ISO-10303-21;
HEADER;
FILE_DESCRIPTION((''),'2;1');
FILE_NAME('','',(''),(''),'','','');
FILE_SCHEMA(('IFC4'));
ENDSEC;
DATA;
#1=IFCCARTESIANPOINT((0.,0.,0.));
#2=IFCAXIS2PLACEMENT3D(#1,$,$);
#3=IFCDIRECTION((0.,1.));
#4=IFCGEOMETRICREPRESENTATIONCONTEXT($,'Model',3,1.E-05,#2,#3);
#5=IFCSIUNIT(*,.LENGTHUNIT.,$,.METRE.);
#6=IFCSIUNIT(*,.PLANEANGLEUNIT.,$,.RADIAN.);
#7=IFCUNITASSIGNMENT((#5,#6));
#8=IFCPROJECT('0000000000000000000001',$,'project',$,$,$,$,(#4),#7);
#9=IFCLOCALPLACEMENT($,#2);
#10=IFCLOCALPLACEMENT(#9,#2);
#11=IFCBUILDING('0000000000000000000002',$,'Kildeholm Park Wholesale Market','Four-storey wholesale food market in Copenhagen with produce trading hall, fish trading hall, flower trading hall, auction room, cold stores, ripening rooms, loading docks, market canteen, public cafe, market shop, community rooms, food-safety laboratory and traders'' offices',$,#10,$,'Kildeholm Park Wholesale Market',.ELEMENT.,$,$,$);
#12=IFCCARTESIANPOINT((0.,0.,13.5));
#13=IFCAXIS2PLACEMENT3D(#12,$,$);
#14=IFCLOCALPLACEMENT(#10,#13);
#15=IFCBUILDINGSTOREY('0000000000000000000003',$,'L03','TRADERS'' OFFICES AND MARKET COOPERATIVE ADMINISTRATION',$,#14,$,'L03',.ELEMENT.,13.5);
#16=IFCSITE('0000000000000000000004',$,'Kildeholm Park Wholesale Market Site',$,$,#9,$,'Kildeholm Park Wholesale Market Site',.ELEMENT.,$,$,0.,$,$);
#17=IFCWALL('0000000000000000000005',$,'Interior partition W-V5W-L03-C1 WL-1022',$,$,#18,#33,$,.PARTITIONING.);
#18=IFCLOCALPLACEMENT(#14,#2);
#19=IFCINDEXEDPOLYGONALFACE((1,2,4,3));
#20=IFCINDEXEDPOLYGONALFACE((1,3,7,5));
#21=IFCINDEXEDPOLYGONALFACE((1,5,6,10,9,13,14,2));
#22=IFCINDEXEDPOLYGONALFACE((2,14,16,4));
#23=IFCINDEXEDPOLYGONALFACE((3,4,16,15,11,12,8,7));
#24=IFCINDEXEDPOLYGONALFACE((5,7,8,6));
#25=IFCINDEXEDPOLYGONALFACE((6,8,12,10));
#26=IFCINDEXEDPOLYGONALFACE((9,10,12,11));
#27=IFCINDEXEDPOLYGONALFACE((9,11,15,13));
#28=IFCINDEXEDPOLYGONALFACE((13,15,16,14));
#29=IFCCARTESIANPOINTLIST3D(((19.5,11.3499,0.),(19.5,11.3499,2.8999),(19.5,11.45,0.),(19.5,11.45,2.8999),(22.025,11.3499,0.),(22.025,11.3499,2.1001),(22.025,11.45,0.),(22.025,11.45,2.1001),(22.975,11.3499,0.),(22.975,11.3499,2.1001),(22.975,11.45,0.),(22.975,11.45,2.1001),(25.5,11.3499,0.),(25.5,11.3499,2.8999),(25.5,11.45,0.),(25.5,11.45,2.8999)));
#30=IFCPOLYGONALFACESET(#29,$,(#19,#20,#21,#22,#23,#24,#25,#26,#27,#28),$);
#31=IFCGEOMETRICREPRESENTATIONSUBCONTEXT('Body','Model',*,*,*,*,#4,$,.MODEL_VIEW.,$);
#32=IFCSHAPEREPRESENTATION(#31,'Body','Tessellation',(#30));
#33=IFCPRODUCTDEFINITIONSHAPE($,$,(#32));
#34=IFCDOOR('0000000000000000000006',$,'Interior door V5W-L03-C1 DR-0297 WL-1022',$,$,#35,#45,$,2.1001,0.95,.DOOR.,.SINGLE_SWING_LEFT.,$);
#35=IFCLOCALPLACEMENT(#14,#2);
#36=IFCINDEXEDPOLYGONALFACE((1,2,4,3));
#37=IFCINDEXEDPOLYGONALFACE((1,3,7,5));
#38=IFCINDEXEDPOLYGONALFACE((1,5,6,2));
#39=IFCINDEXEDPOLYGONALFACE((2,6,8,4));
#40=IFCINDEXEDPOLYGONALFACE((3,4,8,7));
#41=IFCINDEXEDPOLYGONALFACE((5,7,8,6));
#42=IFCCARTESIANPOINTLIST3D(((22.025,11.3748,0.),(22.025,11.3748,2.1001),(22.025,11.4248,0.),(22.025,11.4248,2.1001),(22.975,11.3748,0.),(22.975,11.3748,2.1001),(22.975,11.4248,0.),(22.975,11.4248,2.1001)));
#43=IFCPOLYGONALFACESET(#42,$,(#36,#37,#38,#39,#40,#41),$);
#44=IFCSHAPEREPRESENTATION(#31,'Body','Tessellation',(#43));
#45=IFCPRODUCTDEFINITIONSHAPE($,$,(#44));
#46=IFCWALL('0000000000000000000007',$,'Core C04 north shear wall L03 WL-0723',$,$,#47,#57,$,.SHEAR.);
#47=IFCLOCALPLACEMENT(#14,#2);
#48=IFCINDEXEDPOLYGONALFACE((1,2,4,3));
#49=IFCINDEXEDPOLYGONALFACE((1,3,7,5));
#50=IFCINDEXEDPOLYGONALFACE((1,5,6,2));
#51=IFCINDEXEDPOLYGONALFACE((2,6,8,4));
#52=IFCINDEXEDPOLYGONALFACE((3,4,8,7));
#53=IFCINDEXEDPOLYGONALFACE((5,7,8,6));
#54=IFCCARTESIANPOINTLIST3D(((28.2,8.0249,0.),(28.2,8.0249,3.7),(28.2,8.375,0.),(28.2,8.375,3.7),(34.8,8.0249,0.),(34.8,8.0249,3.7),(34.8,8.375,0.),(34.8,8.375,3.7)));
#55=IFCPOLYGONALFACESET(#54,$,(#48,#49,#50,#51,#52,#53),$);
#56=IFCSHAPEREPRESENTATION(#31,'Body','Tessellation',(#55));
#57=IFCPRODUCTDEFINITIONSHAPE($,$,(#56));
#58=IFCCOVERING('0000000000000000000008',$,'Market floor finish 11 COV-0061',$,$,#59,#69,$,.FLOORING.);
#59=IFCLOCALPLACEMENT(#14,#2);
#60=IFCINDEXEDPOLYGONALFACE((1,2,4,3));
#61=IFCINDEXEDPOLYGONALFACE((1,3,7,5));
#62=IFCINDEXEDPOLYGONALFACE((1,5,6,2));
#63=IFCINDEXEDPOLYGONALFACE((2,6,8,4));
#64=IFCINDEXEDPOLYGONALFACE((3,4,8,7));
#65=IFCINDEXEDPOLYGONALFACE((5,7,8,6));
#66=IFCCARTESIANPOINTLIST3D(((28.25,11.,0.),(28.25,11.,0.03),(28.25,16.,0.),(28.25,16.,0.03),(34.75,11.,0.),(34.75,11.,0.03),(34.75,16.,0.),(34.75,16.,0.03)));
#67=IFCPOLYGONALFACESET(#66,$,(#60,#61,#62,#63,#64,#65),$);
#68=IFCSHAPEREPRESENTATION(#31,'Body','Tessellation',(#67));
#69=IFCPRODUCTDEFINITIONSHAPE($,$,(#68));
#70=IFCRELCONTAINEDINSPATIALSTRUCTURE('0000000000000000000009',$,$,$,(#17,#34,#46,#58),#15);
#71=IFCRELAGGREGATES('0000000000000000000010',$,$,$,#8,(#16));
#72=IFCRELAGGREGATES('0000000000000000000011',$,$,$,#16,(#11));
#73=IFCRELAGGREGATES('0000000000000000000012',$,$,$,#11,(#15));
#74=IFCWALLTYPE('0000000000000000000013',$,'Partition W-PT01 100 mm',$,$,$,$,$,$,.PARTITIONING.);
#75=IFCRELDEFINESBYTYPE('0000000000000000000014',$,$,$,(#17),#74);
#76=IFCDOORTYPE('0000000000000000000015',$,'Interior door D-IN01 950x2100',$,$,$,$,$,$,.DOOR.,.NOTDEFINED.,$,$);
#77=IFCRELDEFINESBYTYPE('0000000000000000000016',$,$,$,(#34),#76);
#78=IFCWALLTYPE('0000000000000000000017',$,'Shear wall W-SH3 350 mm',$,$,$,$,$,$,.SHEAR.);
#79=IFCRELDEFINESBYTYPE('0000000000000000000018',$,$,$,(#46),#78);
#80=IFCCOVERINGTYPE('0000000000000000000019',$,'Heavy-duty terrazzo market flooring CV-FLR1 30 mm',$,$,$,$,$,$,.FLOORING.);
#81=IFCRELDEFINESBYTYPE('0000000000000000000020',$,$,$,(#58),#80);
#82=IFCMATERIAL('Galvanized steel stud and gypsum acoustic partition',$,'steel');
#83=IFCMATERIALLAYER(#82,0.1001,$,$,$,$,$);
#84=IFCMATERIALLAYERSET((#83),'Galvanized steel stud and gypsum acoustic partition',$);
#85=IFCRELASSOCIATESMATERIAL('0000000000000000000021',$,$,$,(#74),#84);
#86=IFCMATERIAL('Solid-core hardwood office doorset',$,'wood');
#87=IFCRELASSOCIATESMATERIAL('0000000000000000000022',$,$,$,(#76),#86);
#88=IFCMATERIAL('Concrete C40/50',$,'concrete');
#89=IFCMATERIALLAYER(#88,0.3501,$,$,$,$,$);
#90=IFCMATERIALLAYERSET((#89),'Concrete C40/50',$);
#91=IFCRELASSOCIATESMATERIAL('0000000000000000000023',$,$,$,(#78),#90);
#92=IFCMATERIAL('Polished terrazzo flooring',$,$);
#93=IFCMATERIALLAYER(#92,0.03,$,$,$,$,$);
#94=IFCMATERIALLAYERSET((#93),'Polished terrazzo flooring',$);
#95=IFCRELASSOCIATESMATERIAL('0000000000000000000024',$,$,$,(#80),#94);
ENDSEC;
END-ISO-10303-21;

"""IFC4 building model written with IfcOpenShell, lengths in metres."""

from ifc_helpers import new_model, si_unit, direction, frame, frame_2d, origin, origin_2d, place, context, subcontext, project, spatial, rectangle, extrude, material, layer, layer_set, type_object, element, fill, save


model = new_model("IFC4")

# Units and contexts
model_context = context("Model", 3, precision=1e-05, world=origin(), true_north=direction((0.0, 1.0)))
body_context = subcontext(model_context, "Body", "Model", "MODEL_VIEW")
ifc_project = project(units=[si_unit("LENGTHUNIT", "METRE"), si_unit("PLANEANGLEUNIT", "RADIAN")], contexts=[model_context])

# Site, building, storey
site_placement = place(None, origin())
site = spatial("IfcSite", under=ifc_project, at=site_placement, Name="Kildeholm Park Wholesale Market Site", LongName="Kildeholm Park Wholesale Market Site", CompositionType="ELEMENT", RefElevation=0.0)
building_placement = place(site_placement, origin())
building = spatial("IfcBuilding", under=site, at=building_placement, Name="Kildeholm Park Wholesale Market", Description="Four-storey wholesale food market in Copenhagen with produce trading hall, fish trading hall, flower trading hall, auction room, cold stores, ripening rooms, loading docks, market canteen, public cafe, market shop, community rooms, food-safety laboratory and traders' offices", LongName="Kildeholm Park Wholesale Market", CompositionType="ELEMENT")
storey_placement = place(building_placement, frame((0.0, 0.0, 13.5)))
storey = spatial("IfcBuildingStorey", under=building, at=storey_placement, Name="L03", Description="TRADERS' OFFICES AND MARKET COOPERATIVE ADMINISTRATION", LongName="L03", CompositionType="ELEMENT", Elevation=13.5)

# Wall, opening, door
ifc_material_1 = material(Name="Galvanized steel stud and gypsum acoustic partition", Category="steel")
ifc_layer_1 = layer(ifc_material_1, 0.1001)
ifc_layer_set_1 = layer_set([ifc_layer_1], Name="Galvanized steel stud and gypsum acoustic partition")
wall_type_1 = type_object("IfcWallType", Name="Partition W-PT01 100 mm", PredefinedType="PARTITIONING", material=ifc_layer_set_1)
wall_1_placement = place(storey_placement, frame((19.5, 11.3999, 0.0), z_axis=(0.0, 0.0, 1.0), x_axis=(1.0, 0.0, 0.0)))
wall_1 = element("IfcWall", 1, at=wall_1_placement, inside=storey, type_object=wall_type_1, Name="Interior partition W-V5W-L03-C1 WL-1022", PredefinedType="PARTITIONING", context=body_context, shape_type="SweptSolid", body=[
    extrude(rectangle(XDim=6.0, YDim=0.1001, at=frame_2d((3.0, 0.0))), origin(), (0.0, 0.0, 1.0), 2.8999),
])
opening_1_placement = place(wall_1_placement, frame((2.5249, 0.0, 0.0)))
opening_1 = element("IfcOpeningElement", 2, at=opening_1_placement, cuts=wall_1, PredefinedType="OPENING", context=body_context, shape_type="SweptSolid", body=[
    extrude(rectangle(XDim=0.95, YDim=2.1001, at=frame_2d((0.4751, 1.05))), frame((0.0, 0.0601, 0.0), z_axis=(0.0, -1.0, 0.0), x_axis=(1.0, 0.0, 0.0)), (0.0, 0.0, 1.0), 0.1201),
])
ifc_material_2 = material(Name="Solid-core hardwood office doorset", Category="wood")
door_type_1 = type_object("IfcDoorType", Name="Interior door D-IN01 950x2100", OperationType="NOTDEFINED", PredefinedType="DOOR", material=ifc_material_2)
door_1_placement = place(opening_1_placement, origin())
door_1 = element("IfcDoor", 3, at=door_1_placement, inside=storey, type_object=door_type_1, Name="Interior door V5W-L03-C1 DR-0297 WL-1022", OperationType="SINGLE_SWING_LEFT", OverallHeight=2.1001, OverallWidth=0.95, PredefinedType="DOOR", context=body_context, shape_type="SweptSolid", body=[
    extrude(rectangle(XDim=0.95, YDim=2.1001, at=frame_2d((0.4751, 1.05))), frame((0.0, 0.0249, 0.0), z_axis=(0.0, -1.0, 0.0), x_axis=(1.0, 0.0, 0.0)), (0.0, 0.0, 1.0), 0.05),
])
fill(opening_1, door_1)

# Wall
ifc_material_3 = material(Name="Concrete C40/50", Category="concrete")
ifc_layer_2 = layer(ifc_material_3, 0.3501)
ifc_layer_set_2 = layer_set([ifc_layer_2], Name="Concrete C40/50")
wall_type_2 = type_object("IfcWallType", Name="Shear wall W-SH3 350 mm", PredefinedType="SHEAR", material=ifc_layer_set_2)
wall_2_placement = place(storey_placement, frame((28.2, 8.2, 0.0), z_axis=(0.0, 0.0, 1.0), x_axis=(1.0, 0.0, 0.0)))
element("IfcWall", 4, at=wall_2_placement, inside=storey, type_object=wall_type_2, Name="Core C04 north shear wall L03 WL-0723", PredefinedType="SHEAR", context=body_context, shape_type="SweptSolid", body=[
    extrude(rectangle(XDim=6.6001, YDim=0.3501, at=frame_2d((3.3, 0.0))), origin(), (0.0, 0.0, 1.0), 3.7),
])

# Covering
ifc_material_4 = material(Name="Polished terrazzo flooring")
ifc_layer_3 = layer(ifc_material_4, 0.03)
ifc_layer_set_3 = layer_set([ifc_layer_3], Name="Polished terrazzo flooring")
covering_type = type_object("IfcCoveringType", Name="Heavy-duty terrazzo market flooring CV-FLR1 30 mm", PredefinedType="FLOORING", material=ifc_layer_set_3)
covering_placement = place(storey_placement, frame((31.5, 13.5, 0.0), z_axis=(0.0, 0.0, 1.0), x_axis=(1.0, 0.0, 0.0)))
element("IfcCovering", 5, at=covering_placement, inside=storey, type_object=covering_type, Name="Market floor finish 11 COV-0061", PredefinedType="FLOORING", context=body_context, shape_type="SweptSolid", body=[
    extrude(rectangle(XDim=6.5, YDim=5.0, at=origin_2d()), origin(), (0.0, 0.0, 1.0), 0.03),
])

save(model, "model.ifc")
